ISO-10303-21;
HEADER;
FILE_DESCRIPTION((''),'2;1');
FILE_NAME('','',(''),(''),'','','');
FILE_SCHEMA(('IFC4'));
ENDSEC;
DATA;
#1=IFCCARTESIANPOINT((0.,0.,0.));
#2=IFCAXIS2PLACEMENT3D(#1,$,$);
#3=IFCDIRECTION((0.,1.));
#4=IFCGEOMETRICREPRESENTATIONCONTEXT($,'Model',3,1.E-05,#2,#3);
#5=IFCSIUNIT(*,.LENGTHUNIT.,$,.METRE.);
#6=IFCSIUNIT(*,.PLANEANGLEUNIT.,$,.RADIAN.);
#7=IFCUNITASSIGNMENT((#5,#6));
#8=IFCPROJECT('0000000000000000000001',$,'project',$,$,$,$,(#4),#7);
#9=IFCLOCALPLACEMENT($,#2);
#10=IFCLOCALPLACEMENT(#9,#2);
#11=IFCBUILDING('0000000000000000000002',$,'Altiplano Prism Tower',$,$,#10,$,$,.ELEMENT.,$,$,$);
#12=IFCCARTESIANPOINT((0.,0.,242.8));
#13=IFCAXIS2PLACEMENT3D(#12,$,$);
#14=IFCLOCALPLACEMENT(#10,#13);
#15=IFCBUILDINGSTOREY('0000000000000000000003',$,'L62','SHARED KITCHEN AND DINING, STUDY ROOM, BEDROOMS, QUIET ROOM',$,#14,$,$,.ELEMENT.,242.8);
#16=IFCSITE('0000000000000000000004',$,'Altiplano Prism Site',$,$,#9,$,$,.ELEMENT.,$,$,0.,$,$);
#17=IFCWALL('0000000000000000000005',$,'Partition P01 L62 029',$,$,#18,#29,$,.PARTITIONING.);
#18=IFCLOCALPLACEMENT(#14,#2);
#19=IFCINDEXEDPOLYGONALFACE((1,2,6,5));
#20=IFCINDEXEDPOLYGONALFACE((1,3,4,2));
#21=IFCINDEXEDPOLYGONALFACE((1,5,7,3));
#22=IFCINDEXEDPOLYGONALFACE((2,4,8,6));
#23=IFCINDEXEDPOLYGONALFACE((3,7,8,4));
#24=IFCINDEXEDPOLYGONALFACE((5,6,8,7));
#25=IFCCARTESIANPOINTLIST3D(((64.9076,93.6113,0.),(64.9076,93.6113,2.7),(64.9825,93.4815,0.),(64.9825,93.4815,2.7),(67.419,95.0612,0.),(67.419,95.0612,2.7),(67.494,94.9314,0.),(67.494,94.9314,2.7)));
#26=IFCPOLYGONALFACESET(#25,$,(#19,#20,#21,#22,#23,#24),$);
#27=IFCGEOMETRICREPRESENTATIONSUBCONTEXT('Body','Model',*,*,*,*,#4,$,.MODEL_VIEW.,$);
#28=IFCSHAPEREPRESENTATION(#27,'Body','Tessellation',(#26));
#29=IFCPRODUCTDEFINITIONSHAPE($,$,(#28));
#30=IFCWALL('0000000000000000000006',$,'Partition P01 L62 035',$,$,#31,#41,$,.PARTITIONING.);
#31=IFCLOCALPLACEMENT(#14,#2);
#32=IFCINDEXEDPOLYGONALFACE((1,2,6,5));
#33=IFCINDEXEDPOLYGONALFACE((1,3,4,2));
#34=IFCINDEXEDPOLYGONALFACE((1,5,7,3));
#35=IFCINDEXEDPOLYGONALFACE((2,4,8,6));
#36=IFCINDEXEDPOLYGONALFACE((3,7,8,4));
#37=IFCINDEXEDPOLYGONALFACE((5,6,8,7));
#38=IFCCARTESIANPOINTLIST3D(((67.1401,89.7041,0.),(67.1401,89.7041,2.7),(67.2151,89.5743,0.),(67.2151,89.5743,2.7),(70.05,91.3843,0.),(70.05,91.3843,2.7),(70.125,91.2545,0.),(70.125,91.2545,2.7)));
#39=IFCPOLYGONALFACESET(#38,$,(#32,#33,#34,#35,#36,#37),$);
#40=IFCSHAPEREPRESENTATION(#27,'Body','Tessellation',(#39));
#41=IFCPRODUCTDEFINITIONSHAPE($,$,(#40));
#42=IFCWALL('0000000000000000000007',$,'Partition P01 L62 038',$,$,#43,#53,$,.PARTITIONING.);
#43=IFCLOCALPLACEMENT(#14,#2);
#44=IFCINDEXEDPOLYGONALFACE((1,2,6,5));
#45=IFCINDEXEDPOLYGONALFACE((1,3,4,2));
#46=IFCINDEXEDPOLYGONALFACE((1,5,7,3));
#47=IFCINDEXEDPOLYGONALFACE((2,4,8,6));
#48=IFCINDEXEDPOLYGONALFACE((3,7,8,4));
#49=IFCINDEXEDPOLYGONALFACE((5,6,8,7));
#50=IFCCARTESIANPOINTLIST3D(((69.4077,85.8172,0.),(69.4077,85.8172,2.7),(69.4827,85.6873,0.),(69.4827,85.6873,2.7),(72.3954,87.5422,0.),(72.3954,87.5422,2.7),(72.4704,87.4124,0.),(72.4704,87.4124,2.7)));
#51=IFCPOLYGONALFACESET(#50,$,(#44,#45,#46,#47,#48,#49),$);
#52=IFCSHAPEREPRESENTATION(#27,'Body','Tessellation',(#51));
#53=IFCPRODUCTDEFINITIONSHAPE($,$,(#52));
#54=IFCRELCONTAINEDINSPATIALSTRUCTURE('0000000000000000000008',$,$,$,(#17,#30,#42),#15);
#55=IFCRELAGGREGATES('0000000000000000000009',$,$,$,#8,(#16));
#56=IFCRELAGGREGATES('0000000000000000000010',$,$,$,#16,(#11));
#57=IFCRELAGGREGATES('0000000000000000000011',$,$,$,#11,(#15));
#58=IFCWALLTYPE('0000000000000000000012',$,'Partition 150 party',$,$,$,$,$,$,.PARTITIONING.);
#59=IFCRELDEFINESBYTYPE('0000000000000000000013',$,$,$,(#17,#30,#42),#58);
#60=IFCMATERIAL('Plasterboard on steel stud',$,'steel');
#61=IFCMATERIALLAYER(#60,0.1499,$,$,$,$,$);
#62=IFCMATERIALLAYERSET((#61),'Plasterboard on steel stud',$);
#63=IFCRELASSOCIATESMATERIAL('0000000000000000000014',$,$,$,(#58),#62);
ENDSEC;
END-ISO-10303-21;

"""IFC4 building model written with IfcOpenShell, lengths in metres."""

from ifc_helpers import new_model, si_unit, direction, frame, frame_2d, origin, place, context, subcontext, project, spatial, rectangle, extrude, material, layer, layer_set, type_object, element, save


model = new_model("IFC4")

# Units and contexts
model_context = context("Model", 3, precision=1e-05, world=origin(), true_north=direction((0.0, 1.0)))
body_context = subcontext(model_context, "Body", "Model", "MODEL_VIEW")
ifc_project = project(units=[si_unit("LENGTHUNIT", "METRE"), si_unit("PLANEANGLEUNIT", "RADIAN")], contexts=[model_context])

# Site, building, storey
site_placement = place(None, origin())
site = spatial("IfcSite", under=ifc_project, at=site_placement, Name="Altiplano Prism Site", CompositionType="ELEMENT", RefElevation=0.0)
building_placement = place(site_placement, origin())
building = spatial("IfcBuilding", under=site, at=building_placement, Name="Altiplano Prism Tower", CompositionType="ELEMENT")
storey_placement = place(building_placement, frame((0.0, 0.0, 242.8)))
storey = spatial("IfcBuildingStorey", under=building, at=storey_placement, Name="L62", Description="SHARED KITCHEN AND DINING, STUDY ROOM, BEDROOMS, QUIET ROOM", CompositionType="ELEMENT", Elevation=242.8)

# Shared definitions
ifc_material_1 = material(Name="Plasterboard on steel stud", Category="steel")

# Walls
ifc_layer_1 = layer(ifc_material_1, 0.1499)
ifc_layer_set_1 = layer_set([ifc_layer_1], Name="Plasterboard on steel stud")
wall_type_1 = type_object("IfcWallType", Name="Partition 150 party", PredefinedType="PARTITIONING", material=ifc_layer_set_1)
wall_1_placement = place(storey_placement, frame((64.9451, 93.5464, 0.0), z_axis=(0.0, 0.0, 1.0), x_axis=(0.866033, 0.499987, 0.0)))
element("IfcWall", 1, at=wall_1_placement, inside=storey, type_object=wall_type_1, Name="Partition P01 L62 029", PredefinedType="PARTITIONING", context=body_context, shape_type="SweptSolid", body=[
    extrude(rectangle(XDim=2.8999, YDim=0.1499, at=frame_2d((1.45, 0.0))), origin(), (0.0, 0.0, 1.0), 2.7),
])
wall_2_placement = place(storey_placement, frame((67.1775, 89.6392, 0.0), z_axis=(0.0, 0.0, 1.0), x_axis=(0.866008, 0.500031, 0.0)))
element("IfcWall", 2, at=wall_2_placement, inside=storey, type_object=wall_type_1, Name="Partition P01 L62 035", PredefinedType="PARTITIONING", context=body_context, shape_type="SweptSolid", body=[
    extrude(rectangle(XDim=3.3601, YDim=0.1499, at=frame_2d((1.6802, 0.0))), origin(), (0.0, 0.0, 1.0), 2.7),
])
wall_3_placement = place(storey_placement, frame((69.4451, 85.7522, 0.0), z_axis=(0.0, 0.0, 1.0), x_axis=(0.866014, 0.500021, 0.0)))
element("IfcWall", 3, at=wall_3_placement, inside=storey, type_object=wall_type_1, Name="Partition P01 L62 038", PredefinedType="PARTITIONING", context=body_context, shape_type="SweptSolid", body=[
    extrude(rectangle(XDim=3.45, YDim=0.1499, at=frame_2d((1.7251, 0.0))), origin(), (0.0, 0.0, 1.0), 2.7),
])

save(model, "model.ifc")
